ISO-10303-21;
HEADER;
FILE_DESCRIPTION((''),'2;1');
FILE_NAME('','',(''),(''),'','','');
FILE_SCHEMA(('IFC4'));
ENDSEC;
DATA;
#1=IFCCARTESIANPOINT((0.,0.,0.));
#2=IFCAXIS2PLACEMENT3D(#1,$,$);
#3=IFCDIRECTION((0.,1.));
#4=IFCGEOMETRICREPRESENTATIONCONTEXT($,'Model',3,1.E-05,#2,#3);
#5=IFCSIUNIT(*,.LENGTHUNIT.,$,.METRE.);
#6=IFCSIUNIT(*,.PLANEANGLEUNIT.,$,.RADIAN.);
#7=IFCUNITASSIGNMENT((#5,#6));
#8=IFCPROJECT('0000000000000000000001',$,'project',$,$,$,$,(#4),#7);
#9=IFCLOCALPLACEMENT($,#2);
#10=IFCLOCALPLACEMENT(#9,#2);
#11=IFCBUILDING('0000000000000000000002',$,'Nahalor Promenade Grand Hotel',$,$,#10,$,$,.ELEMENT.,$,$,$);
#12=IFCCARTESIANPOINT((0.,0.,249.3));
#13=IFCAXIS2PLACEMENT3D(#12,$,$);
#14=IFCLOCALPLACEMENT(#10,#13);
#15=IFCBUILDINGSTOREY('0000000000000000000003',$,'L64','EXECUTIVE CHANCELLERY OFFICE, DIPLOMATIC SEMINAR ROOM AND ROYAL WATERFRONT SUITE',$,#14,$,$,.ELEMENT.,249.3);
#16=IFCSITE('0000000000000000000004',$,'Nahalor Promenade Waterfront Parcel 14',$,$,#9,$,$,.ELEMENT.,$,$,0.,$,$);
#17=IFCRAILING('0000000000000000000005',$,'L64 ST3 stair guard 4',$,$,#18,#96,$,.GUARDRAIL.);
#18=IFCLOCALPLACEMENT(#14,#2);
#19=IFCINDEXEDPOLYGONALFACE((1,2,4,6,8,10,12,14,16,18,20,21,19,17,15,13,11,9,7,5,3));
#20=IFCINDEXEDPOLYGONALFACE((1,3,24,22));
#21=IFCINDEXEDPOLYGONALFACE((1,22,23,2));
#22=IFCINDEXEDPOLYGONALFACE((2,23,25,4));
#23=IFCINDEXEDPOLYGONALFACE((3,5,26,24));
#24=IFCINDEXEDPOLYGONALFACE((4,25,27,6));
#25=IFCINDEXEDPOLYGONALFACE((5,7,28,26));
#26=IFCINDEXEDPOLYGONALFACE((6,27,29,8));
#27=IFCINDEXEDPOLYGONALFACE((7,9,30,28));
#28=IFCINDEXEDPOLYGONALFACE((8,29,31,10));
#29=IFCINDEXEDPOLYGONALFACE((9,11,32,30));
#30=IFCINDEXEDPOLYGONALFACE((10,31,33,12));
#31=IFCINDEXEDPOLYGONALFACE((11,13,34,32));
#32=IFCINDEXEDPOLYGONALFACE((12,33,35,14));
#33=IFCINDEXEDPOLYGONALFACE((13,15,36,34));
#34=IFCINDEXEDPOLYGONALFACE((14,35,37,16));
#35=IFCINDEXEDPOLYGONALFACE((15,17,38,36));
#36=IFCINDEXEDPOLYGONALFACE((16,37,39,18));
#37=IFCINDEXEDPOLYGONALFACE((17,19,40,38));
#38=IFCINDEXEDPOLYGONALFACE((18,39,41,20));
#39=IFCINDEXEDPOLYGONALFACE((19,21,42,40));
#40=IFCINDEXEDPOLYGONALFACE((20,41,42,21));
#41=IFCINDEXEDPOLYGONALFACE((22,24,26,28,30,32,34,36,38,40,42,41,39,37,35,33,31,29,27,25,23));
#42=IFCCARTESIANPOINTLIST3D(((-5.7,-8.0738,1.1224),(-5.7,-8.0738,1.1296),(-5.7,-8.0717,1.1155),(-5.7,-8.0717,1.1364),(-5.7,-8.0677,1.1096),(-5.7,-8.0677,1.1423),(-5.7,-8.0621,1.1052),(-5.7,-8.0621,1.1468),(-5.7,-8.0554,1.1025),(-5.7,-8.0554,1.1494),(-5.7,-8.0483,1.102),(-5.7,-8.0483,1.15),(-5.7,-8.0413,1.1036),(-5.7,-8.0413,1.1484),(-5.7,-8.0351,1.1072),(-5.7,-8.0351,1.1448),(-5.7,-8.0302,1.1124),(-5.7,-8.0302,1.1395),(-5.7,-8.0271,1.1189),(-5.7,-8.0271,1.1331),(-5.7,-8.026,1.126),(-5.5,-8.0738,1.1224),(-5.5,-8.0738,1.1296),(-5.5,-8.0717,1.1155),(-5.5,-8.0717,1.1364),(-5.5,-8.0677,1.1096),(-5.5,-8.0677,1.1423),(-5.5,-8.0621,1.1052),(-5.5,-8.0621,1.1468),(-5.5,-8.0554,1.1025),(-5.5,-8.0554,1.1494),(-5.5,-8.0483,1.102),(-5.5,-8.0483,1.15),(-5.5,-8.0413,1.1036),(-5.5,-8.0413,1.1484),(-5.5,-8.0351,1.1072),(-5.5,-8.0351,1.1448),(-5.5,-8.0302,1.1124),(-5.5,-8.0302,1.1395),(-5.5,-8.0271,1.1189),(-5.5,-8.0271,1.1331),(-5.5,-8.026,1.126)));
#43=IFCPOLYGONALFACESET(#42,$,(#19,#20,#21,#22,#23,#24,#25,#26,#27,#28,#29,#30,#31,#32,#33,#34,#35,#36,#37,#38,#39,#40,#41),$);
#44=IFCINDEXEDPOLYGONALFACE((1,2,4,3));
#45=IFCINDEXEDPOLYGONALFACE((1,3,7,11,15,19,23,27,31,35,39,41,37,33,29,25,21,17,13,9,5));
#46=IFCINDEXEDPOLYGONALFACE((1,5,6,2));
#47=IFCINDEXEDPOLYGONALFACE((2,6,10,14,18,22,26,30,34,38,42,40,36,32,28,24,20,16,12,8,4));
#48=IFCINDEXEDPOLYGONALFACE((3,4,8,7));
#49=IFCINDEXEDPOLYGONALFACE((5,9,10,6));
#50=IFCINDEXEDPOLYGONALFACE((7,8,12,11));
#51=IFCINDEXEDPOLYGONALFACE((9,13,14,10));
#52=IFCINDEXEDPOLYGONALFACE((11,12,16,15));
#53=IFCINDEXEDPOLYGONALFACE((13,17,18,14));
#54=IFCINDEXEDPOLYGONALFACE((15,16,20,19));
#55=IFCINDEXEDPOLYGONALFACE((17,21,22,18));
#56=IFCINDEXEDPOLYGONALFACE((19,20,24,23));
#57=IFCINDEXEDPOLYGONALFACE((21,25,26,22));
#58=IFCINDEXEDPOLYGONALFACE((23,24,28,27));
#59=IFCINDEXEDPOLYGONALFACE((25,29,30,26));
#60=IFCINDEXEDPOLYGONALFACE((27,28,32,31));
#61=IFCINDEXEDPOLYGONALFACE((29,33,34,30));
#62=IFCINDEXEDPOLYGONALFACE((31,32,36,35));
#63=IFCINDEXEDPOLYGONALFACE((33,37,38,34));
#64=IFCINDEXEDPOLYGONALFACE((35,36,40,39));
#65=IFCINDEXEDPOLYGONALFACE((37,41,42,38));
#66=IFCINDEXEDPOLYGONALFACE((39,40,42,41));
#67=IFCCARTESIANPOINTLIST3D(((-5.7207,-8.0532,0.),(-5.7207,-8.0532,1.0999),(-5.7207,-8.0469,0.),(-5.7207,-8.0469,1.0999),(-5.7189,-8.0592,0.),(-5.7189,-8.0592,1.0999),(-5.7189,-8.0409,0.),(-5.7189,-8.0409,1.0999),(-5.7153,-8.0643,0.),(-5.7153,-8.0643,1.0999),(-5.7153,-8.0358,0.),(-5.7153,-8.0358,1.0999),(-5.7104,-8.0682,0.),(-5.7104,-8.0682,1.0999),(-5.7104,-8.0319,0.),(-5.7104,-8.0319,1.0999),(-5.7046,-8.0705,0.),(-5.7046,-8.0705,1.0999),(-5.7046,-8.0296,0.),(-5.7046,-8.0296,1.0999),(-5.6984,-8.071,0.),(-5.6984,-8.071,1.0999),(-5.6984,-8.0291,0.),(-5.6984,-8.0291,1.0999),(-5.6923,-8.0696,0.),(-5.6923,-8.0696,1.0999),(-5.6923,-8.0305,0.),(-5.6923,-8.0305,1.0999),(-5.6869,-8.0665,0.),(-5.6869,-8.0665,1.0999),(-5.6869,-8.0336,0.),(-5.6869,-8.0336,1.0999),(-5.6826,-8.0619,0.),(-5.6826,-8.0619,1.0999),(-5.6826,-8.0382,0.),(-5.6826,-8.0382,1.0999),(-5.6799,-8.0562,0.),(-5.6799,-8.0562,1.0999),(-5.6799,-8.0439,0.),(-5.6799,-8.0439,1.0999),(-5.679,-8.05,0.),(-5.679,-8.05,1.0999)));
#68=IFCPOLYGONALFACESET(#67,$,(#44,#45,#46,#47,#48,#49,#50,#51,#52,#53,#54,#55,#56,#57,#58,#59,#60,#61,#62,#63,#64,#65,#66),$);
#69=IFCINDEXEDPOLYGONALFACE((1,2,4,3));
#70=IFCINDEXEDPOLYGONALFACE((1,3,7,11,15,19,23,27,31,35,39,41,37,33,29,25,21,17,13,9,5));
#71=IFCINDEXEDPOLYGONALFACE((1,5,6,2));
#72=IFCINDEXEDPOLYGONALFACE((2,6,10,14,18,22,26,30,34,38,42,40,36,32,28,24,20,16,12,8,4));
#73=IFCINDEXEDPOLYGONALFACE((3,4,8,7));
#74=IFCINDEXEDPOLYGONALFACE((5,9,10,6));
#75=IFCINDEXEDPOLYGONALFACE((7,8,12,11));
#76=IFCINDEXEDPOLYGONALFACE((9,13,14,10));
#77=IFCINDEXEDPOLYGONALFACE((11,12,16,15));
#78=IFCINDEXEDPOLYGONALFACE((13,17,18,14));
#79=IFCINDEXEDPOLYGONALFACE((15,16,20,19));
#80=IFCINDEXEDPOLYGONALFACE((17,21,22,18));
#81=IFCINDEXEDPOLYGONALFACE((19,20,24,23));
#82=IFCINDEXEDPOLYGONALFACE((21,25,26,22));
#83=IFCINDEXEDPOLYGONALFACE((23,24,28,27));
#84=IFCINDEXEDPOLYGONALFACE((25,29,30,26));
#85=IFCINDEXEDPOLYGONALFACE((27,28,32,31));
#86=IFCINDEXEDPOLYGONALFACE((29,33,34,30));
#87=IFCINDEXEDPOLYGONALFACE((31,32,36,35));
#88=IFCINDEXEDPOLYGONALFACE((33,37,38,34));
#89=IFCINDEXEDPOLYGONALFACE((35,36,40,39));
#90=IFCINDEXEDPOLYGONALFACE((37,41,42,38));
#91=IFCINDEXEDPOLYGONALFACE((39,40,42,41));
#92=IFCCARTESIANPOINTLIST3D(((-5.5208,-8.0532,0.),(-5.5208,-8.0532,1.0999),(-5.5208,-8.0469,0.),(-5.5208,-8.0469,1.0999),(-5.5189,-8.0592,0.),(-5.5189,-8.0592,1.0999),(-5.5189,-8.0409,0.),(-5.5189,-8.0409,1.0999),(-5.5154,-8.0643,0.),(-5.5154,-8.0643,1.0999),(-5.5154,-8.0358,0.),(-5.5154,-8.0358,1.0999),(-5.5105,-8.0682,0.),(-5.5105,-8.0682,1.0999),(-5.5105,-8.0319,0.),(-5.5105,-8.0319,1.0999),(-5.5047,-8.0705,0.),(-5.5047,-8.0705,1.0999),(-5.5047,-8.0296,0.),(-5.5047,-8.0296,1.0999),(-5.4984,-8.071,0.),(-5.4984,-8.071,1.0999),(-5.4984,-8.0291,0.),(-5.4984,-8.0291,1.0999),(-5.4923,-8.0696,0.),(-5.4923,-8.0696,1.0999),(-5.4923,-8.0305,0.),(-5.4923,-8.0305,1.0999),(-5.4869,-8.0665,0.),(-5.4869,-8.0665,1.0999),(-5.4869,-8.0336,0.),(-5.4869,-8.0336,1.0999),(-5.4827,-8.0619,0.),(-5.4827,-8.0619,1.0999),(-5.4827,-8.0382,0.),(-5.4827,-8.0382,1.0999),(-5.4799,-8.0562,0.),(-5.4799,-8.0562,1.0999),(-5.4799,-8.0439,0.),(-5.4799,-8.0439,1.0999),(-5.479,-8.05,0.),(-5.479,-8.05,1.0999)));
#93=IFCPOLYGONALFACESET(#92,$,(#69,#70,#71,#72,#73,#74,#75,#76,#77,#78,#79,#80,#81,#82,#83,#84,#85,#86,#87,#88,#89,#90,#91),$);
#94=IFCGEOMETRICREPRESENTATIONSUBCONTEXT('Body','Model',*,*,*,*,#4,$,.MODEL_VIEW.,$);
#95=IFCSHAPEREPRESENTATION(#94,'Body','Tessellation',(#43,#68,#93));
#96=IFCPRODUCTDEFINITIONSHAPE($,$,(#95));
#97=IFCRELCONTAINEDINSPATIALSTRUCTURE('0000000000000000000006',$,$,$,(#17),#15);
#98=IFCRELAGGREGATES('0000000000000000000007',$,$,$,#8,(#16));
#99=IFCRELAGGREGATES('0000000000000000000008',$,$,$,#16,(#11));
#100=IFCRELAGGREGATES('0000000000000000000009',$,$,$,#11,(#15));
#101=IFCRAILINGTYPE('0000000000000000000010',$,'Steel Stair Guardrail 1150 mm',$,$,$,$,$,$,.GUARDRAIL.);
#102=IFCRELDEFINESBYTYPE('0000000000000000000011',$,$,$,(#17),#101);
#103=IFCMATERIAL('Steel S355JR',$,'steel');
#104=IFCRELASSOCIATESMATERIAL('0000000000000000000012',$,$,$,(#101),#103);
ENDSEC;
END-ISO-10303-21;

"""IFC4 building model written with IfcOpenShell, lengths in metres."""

from ifc_helpers import new_model, si_unit, direction, frame, origin, origin_2d, place, context, subcontext, project, spatial, circle, extrude, material, type_object, element, save


model = new_model("IFC4")

# Units and contexts
model_context = context("Model", 3, precision=1e-05, world=origin(), true_north=direction((0.0, 1.0)))
body_context = subcontext(model_context, "Body", "Model", "MODEL_VIEW")
ifc_project = project(units=[si_unit("LENGTHUNIT", "METRE"), si_unit("PLANEANGLEUNIT", "RADIAN")], contexts=[model_context])

# Site, building, storey
site_placement = place(None, origin())
site = spatial("IfcSite", under=ifc_project, at=site_placement, Name="Nahalor Promenade Waterfront Parcel 14", CompositionType="ELEMENT", RefElevation=0.0)
building_placement = place(site_placement, origin())
building = spatial("IfcBuilding", under=site, at=building_placement, Name="Nahalor Promenade Grand Hotel", CompositionType="ELEMENT")
storey_placement = place(building_placement, frame((0.0, 0.0, 249.3)))
storey = spatial("IfcBuildingStorey", under=building, at=storey_placement, Name="L64", Description="EXECUTIVE CHANCELLERY OFFICE, DIPLOMATIC SEMINAR ROOM AND ROYAL WATERFRONT SUITE", CompositionType="ELEMENT", Elevation=249.3)

# Shared definitions
ifc_material_1 = material(Name="Steel S355JR", Category="steel")

# Railing
railing_type_1 = type_object("IfcRailingType", Name="Steel Stair Guardrail 1150 mm", PredefinedType="GUARDRAIL", material=ifc_material_1)
railing_1_placement = place(storey_placement, frame((-5.7, -8.05, 0.0)))
element("IfcRailing", 1, at=railing_1_placement, inside=storey, type_object=railing_type_1, Name="L64 ST3 stair guard 4", PredefinedType="GUARDRAIL", context=body_context, shape_type="SweptSolid", body=[
    extrude(circle(Radius=0.024, at=origin_2d()), frame((0.0, 0.0, 1.126), z_axis=(1.0, 0.0, 0.0), x_axis=(0.0, 1.0, 0.0)), (0.0, 0.0, 1.0), 0.2),
    extrude(circle(Radius=0.021, at=origin_2d()), origin(), (0.0, 0.0, 1.0), 1.0999),
    extrude(circle(Radius=0.021, at=origin_2d()), frame((0.2, 0.0, 0.0)), (0.0, 0.0, 1.0), 1.0999),
])

save(model, "model.ifc")
